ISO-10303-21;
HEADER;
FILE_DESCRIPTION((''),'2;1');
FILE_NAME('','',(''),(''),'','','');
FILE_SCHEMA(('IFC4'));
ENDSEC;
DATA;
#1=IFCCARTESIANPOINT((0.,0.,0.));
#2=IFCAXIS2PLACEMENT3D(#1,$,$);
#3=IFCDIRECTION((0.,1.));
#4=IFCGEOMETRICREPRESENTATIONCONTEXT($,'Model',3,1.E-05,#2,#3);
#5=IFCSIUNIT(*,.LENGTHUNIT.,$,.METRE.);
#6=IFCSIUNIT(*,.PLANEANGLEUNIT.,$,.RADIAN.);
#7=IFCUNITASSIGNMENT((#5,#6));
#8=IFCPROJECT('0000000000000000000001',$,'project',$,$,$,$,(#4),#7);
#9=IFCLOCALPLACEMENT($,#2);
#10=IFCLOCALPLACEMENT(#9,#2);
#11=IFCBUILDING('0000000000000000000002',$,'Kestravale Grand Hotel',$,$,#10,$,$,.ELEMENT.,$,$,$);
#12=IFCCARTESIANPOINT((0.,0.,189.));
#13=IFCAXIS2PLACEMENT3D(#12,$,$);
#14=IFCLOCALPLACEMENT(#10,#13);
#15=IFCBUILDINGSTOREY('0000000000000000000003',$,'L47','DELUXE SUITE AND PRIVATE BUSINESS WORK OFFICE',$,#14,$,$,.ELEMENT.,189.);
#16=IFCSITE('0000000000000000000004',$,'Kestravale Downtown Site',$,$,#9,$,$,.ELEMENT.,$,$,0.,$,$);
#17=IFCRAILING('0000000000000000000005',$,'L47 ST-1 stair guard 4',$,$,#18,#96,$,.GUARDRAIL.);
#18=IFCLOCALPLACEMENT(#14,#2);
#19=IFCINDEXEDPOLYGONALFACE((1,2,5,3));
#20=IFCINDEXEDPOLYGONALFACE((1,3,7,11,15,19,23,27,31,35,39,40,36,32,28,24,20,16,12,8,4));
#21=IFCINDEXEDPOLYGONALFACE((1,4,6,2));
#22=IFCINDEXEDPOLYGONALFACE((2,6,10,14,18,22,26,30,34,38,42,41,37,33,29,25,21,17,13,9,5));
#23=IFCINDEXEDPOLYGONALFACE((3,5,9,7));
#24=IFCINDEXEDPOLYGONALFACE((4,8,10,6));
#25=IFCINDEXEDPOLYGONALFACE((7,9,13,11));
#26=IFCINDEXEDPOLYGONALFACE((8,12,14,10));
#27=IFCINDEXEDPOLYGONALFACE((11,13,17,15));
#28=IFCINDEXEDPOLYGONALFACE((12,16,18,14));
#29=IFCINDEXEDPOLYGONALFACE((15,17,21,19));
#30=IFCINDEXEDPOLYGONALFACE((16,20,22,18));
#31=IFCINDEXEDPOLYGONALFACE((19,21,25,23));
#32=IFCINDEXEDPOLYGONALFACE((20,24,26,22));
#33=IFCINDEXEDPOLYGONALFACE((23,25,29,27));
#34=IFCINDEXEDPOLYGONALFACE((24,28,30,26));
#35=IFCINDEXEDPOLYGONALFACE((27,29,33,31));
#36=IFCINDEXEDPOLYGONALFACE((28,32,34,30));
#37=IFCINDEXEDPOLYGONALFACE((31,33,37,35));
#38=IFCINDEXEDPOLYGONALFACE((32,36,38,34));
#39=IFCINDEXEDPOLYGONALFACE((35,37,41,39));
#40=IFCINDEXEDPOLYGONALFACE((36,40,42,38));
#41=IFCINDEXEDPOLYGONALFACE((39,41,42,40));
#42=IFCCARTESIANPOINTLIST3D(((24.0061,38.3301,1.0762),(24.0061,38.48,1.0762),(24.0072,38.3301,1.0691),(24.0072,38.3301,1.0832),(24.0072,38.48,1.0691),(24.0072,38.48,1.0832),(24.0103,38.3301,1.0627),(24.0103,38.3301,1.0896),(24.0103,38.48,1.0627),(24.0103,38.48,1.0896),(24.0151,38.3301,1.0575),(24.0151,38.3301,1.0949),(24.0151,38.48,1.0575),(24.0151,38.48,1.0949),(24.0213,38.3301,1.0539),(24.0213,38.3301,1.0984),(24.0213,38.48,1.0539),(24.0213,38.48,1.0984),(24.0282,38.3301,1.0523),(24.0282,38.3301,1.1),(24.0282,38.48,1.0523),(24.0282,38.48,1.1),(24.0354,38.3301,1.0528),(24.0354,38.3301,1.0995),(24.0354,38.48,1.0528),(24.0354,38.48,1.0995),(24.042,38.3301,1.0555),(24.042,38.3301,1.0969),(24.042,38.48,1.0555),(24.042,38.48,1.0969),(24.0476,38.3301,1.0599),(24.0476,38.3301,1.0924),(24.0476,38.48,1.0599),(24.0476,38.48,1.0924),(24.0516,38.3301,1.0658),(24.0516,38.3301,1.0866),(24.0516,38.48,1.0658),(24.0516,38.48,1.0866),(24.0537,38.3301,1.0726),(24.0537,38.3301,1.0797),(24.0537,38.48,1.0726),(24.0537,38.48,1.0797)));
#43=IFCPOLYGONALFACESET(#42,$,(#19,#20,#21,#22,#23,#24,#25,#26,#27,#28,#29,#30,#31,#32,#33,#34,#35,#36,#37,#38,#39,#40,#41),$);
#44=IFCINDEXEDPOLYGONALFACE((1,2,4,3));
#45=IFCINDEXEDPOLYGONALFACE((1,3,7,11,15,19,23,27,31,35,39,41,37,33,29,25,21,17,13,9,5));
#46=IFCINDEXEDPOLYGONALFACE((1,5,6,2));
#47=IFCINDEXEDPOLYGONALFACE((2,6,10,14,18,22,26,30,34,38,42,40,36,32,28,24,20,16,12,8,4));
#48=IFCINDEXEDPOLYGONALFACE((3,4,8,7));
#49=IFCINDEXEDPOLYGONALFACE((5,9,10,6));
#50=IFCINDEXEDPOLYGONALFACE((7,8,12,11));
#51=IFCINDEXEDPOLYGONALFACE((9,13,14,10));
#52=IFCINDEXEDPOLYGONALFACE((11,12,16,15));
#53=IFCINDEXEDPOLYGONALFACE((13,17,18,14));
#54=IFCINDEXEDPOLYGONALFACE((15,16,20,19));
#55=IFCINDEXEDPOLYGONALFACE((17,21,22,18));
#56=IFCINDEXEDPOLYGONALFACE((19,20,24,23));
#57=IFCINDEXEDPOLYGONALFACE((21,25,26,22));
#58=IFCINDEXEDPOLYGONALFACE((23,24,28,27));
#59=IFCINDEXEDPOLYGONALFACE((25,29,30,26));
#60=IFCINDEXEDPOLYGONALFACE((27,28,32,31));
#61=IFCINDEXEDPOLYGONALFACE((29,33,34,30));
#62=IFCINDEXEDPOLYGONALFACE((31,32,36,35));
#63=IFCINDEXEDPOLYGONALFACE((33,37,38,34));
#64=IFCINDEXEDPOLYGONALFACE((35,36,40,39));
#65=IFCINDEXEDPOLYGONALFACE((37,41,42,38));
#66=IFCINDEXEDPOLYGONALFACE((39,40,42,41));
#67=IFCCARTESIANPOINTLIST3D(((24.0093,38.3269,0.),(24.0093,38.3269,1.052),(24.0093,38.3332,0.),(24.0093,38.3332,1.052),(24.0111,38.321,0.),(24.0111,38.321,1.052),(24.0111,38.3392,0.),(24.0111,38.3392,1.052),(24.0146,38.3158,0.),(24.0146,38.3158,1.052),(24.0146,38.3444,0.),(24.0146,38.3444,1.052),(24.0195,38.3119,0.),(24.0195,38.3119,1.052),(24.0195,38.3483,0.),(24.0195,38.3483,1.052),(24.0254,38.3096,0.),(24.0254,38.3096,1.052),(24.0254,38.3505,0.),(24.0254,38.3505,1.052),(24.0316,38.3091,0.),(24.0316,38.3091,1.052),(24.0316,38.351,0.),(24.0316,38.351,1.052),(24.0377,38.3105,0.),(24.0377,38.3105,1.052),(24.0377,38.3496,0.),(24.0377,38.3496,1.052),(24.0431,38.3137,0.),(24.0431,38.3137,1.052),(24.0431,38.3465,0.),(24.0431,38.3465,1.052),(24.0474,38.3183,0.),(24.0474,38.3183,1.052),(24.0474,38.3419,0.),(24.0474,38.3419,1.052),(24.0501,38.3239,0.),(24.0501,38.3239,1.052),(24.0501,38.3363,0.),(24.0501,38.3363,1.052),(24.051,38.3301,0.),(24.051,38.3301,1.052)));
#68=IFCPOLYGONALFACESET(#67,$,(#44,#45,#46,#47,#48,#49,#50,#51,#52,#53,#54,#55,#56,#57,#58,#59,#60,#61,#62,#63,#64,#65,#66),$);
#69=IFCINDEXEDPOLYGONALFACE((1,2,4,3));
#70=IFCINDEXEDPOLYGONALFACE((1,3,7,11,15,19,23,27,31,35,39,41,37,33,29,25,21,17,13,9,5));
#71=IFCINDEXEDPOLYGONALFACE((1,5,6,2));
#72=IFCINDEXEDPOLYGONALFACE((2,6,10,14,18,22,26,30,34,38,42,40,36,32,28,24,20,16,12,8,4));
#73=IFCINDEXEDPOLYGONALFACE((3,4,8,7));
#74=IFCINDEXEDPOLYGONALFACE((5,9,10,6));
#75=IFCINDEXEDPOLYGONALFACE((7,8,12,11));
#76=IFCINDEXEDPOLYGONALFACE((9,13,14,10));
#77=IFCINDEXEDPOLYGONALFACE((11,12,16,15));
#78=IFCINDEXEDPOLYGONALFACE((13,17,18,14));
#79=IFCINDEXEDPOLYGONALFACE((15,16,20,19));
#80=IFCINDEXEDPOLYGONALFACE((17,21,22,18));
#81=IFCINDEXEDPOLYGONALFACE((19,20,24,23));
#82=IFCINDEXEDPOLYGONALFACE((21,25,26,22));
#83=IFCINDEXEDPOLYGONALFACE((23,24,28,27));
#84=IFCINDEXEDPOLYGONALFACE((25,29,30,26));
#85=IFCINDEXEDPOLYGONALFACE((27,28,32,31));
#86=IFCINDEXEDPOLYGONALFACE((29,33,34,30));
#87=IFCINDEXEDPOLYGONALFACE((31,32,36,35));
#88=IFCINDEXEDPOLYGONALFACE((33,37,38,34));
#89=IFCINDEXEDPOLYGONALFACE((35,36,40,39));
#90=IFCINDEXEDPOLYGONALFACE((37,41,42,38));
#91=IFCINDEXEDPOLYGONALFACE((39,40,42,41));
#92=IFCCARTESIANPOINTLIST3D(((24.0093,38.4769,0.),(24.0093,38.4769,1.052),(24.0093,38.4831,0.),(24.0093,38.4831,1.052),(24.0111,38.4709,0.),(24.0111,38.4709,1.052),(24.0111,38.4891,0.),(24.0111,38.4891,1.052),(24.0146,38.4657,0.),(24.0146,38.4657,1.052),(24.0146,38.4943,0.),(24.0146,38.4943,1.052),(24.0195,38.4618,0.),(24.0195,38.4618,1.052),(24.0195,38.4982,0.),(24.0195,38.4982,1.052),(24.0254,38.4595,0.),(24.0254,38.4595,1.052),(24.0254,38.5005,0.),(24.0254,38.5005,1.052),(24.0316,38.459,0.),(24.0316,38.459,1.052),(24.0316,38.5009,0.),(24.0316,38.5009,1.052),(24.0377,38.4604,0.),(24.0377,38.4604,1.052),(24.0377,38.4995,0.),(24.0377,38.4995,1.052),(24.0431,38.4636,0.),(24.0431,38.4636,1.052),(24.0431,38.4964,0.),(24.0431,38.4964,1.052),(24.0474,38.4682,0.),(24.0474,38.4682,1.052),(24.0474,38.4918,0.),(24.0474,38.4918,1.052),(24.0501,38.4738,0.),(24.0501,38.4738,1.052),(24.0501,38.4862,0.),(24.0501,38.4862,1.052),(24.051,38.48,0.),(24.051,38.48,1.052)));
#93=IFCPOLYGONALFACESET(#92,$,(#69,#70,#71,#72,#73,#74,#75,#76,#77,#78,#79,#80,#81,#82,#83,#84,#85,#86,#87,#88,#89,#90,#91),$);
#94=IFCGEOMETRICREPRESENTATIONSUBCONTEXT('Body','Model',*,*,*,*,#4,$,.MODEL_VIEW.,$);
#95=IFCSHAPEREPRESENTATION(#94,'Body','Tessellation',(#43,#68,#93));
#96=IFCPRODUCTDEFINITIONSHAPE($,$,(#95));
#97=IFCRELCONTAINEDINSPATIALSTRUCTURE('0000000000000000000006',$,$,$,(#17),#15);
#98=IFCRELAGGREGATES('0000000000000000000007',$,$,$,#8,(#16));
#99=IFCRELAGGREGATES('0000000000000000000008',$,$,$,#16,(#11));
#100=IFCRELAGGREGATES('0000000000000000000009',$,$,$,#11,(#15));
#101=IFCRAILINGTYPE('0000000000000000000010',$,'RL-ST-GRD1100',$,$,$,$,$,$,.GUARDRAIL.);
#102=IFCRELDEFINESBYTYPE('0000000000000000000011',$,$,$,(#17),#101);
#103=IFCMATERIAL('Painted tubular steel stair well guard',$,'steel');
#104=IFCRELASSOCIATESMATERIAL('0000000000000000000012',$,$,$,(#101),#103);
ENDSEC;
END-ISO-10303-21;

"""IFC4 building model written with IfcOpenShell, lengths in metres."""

from ifc_helpers import new_model, si_unit, direction, frame, origin, origin_2d, place, context, subcontext, project, spatial, circle, extrude, material, type_object, element, save


model = new_model("IFC4")

# Units and contexts
model_context = context("Model", 3, precision=1e-05, world=origin(), true_north=direction((0.0, 1.0)))
body_context = subcontext(model_context, "Body", "Model", "MODEL_VIEW")
ifc_project = project(units=[si_unit("LENGTHUNIT", "METRE"), si_unit("PLANEANGLEUNIT", "RADIAN")], contexts=[model_context])

# Site, building, storey
site_placement = place(None, origin())
site = spatial("IfcSite", under=ifc_project, at=site_placement, Name="Kestravale Downtown Site", CompositionType="ELEMENT", RefElevation=0.0)
building_placement = place(site_placement, origin())
building = spatial("IfcBuilding", under=site, at=building_placement, Name="Kestravale Grand Hotel", CompositionType="ELEMENT")
storey_placement = place(building_placement, frame((0.0, 0.0, 189.0)))
storey = spatial("IfcBuildingStorey", under=building, at=storey_placement, Name="L47", Description="DELUXE SUITE AND PRIVATE BUSINESS WORK OFFICE", CompositionType="ELEMENT", Elevation=189.0)

# Railing
ifc_material_1 = material(Name="Painted tubular steel stair well guard", Category="steel")
railing_type = type_object("IfcRailingType", Name="RL-ST-GRD1100", PredefinedType="GUARDRAIL", material=ifc_material_1)
railing_placement = place(storey_placement, frame((24.03, 38.3301, 0.0)))
element("IfcRailing", 1, at=railing_placement, inside=storey, type_object=railing_type, Name="L47 ST-1 stair guard 4", PredefinedType="GUARDRAIL", context=body_context, shape_type="SweptSolid", body=[
    extrude(circle(Radius=0.0239, at=origin_2d()), frame((0.0, 0.0, 1.0762), z_axis=(0.0, 1.0, 0.0), x_axis=(-1.0, 0.0, 0.0)), (0.0, 0.0, 1.0), 0.1499),
    extrude(circle(Radius=0.021, at=origin_2d()), origin(), (0.0, 0.0, 1.0), 1.052),
    extrude(circle(Radius=0.021, at=origin_2d()), frame((0.0, 0.1499, 0.0)), (0.0, 0.0, 1.0), 1.052),
])

save(model, "model.ifc")
